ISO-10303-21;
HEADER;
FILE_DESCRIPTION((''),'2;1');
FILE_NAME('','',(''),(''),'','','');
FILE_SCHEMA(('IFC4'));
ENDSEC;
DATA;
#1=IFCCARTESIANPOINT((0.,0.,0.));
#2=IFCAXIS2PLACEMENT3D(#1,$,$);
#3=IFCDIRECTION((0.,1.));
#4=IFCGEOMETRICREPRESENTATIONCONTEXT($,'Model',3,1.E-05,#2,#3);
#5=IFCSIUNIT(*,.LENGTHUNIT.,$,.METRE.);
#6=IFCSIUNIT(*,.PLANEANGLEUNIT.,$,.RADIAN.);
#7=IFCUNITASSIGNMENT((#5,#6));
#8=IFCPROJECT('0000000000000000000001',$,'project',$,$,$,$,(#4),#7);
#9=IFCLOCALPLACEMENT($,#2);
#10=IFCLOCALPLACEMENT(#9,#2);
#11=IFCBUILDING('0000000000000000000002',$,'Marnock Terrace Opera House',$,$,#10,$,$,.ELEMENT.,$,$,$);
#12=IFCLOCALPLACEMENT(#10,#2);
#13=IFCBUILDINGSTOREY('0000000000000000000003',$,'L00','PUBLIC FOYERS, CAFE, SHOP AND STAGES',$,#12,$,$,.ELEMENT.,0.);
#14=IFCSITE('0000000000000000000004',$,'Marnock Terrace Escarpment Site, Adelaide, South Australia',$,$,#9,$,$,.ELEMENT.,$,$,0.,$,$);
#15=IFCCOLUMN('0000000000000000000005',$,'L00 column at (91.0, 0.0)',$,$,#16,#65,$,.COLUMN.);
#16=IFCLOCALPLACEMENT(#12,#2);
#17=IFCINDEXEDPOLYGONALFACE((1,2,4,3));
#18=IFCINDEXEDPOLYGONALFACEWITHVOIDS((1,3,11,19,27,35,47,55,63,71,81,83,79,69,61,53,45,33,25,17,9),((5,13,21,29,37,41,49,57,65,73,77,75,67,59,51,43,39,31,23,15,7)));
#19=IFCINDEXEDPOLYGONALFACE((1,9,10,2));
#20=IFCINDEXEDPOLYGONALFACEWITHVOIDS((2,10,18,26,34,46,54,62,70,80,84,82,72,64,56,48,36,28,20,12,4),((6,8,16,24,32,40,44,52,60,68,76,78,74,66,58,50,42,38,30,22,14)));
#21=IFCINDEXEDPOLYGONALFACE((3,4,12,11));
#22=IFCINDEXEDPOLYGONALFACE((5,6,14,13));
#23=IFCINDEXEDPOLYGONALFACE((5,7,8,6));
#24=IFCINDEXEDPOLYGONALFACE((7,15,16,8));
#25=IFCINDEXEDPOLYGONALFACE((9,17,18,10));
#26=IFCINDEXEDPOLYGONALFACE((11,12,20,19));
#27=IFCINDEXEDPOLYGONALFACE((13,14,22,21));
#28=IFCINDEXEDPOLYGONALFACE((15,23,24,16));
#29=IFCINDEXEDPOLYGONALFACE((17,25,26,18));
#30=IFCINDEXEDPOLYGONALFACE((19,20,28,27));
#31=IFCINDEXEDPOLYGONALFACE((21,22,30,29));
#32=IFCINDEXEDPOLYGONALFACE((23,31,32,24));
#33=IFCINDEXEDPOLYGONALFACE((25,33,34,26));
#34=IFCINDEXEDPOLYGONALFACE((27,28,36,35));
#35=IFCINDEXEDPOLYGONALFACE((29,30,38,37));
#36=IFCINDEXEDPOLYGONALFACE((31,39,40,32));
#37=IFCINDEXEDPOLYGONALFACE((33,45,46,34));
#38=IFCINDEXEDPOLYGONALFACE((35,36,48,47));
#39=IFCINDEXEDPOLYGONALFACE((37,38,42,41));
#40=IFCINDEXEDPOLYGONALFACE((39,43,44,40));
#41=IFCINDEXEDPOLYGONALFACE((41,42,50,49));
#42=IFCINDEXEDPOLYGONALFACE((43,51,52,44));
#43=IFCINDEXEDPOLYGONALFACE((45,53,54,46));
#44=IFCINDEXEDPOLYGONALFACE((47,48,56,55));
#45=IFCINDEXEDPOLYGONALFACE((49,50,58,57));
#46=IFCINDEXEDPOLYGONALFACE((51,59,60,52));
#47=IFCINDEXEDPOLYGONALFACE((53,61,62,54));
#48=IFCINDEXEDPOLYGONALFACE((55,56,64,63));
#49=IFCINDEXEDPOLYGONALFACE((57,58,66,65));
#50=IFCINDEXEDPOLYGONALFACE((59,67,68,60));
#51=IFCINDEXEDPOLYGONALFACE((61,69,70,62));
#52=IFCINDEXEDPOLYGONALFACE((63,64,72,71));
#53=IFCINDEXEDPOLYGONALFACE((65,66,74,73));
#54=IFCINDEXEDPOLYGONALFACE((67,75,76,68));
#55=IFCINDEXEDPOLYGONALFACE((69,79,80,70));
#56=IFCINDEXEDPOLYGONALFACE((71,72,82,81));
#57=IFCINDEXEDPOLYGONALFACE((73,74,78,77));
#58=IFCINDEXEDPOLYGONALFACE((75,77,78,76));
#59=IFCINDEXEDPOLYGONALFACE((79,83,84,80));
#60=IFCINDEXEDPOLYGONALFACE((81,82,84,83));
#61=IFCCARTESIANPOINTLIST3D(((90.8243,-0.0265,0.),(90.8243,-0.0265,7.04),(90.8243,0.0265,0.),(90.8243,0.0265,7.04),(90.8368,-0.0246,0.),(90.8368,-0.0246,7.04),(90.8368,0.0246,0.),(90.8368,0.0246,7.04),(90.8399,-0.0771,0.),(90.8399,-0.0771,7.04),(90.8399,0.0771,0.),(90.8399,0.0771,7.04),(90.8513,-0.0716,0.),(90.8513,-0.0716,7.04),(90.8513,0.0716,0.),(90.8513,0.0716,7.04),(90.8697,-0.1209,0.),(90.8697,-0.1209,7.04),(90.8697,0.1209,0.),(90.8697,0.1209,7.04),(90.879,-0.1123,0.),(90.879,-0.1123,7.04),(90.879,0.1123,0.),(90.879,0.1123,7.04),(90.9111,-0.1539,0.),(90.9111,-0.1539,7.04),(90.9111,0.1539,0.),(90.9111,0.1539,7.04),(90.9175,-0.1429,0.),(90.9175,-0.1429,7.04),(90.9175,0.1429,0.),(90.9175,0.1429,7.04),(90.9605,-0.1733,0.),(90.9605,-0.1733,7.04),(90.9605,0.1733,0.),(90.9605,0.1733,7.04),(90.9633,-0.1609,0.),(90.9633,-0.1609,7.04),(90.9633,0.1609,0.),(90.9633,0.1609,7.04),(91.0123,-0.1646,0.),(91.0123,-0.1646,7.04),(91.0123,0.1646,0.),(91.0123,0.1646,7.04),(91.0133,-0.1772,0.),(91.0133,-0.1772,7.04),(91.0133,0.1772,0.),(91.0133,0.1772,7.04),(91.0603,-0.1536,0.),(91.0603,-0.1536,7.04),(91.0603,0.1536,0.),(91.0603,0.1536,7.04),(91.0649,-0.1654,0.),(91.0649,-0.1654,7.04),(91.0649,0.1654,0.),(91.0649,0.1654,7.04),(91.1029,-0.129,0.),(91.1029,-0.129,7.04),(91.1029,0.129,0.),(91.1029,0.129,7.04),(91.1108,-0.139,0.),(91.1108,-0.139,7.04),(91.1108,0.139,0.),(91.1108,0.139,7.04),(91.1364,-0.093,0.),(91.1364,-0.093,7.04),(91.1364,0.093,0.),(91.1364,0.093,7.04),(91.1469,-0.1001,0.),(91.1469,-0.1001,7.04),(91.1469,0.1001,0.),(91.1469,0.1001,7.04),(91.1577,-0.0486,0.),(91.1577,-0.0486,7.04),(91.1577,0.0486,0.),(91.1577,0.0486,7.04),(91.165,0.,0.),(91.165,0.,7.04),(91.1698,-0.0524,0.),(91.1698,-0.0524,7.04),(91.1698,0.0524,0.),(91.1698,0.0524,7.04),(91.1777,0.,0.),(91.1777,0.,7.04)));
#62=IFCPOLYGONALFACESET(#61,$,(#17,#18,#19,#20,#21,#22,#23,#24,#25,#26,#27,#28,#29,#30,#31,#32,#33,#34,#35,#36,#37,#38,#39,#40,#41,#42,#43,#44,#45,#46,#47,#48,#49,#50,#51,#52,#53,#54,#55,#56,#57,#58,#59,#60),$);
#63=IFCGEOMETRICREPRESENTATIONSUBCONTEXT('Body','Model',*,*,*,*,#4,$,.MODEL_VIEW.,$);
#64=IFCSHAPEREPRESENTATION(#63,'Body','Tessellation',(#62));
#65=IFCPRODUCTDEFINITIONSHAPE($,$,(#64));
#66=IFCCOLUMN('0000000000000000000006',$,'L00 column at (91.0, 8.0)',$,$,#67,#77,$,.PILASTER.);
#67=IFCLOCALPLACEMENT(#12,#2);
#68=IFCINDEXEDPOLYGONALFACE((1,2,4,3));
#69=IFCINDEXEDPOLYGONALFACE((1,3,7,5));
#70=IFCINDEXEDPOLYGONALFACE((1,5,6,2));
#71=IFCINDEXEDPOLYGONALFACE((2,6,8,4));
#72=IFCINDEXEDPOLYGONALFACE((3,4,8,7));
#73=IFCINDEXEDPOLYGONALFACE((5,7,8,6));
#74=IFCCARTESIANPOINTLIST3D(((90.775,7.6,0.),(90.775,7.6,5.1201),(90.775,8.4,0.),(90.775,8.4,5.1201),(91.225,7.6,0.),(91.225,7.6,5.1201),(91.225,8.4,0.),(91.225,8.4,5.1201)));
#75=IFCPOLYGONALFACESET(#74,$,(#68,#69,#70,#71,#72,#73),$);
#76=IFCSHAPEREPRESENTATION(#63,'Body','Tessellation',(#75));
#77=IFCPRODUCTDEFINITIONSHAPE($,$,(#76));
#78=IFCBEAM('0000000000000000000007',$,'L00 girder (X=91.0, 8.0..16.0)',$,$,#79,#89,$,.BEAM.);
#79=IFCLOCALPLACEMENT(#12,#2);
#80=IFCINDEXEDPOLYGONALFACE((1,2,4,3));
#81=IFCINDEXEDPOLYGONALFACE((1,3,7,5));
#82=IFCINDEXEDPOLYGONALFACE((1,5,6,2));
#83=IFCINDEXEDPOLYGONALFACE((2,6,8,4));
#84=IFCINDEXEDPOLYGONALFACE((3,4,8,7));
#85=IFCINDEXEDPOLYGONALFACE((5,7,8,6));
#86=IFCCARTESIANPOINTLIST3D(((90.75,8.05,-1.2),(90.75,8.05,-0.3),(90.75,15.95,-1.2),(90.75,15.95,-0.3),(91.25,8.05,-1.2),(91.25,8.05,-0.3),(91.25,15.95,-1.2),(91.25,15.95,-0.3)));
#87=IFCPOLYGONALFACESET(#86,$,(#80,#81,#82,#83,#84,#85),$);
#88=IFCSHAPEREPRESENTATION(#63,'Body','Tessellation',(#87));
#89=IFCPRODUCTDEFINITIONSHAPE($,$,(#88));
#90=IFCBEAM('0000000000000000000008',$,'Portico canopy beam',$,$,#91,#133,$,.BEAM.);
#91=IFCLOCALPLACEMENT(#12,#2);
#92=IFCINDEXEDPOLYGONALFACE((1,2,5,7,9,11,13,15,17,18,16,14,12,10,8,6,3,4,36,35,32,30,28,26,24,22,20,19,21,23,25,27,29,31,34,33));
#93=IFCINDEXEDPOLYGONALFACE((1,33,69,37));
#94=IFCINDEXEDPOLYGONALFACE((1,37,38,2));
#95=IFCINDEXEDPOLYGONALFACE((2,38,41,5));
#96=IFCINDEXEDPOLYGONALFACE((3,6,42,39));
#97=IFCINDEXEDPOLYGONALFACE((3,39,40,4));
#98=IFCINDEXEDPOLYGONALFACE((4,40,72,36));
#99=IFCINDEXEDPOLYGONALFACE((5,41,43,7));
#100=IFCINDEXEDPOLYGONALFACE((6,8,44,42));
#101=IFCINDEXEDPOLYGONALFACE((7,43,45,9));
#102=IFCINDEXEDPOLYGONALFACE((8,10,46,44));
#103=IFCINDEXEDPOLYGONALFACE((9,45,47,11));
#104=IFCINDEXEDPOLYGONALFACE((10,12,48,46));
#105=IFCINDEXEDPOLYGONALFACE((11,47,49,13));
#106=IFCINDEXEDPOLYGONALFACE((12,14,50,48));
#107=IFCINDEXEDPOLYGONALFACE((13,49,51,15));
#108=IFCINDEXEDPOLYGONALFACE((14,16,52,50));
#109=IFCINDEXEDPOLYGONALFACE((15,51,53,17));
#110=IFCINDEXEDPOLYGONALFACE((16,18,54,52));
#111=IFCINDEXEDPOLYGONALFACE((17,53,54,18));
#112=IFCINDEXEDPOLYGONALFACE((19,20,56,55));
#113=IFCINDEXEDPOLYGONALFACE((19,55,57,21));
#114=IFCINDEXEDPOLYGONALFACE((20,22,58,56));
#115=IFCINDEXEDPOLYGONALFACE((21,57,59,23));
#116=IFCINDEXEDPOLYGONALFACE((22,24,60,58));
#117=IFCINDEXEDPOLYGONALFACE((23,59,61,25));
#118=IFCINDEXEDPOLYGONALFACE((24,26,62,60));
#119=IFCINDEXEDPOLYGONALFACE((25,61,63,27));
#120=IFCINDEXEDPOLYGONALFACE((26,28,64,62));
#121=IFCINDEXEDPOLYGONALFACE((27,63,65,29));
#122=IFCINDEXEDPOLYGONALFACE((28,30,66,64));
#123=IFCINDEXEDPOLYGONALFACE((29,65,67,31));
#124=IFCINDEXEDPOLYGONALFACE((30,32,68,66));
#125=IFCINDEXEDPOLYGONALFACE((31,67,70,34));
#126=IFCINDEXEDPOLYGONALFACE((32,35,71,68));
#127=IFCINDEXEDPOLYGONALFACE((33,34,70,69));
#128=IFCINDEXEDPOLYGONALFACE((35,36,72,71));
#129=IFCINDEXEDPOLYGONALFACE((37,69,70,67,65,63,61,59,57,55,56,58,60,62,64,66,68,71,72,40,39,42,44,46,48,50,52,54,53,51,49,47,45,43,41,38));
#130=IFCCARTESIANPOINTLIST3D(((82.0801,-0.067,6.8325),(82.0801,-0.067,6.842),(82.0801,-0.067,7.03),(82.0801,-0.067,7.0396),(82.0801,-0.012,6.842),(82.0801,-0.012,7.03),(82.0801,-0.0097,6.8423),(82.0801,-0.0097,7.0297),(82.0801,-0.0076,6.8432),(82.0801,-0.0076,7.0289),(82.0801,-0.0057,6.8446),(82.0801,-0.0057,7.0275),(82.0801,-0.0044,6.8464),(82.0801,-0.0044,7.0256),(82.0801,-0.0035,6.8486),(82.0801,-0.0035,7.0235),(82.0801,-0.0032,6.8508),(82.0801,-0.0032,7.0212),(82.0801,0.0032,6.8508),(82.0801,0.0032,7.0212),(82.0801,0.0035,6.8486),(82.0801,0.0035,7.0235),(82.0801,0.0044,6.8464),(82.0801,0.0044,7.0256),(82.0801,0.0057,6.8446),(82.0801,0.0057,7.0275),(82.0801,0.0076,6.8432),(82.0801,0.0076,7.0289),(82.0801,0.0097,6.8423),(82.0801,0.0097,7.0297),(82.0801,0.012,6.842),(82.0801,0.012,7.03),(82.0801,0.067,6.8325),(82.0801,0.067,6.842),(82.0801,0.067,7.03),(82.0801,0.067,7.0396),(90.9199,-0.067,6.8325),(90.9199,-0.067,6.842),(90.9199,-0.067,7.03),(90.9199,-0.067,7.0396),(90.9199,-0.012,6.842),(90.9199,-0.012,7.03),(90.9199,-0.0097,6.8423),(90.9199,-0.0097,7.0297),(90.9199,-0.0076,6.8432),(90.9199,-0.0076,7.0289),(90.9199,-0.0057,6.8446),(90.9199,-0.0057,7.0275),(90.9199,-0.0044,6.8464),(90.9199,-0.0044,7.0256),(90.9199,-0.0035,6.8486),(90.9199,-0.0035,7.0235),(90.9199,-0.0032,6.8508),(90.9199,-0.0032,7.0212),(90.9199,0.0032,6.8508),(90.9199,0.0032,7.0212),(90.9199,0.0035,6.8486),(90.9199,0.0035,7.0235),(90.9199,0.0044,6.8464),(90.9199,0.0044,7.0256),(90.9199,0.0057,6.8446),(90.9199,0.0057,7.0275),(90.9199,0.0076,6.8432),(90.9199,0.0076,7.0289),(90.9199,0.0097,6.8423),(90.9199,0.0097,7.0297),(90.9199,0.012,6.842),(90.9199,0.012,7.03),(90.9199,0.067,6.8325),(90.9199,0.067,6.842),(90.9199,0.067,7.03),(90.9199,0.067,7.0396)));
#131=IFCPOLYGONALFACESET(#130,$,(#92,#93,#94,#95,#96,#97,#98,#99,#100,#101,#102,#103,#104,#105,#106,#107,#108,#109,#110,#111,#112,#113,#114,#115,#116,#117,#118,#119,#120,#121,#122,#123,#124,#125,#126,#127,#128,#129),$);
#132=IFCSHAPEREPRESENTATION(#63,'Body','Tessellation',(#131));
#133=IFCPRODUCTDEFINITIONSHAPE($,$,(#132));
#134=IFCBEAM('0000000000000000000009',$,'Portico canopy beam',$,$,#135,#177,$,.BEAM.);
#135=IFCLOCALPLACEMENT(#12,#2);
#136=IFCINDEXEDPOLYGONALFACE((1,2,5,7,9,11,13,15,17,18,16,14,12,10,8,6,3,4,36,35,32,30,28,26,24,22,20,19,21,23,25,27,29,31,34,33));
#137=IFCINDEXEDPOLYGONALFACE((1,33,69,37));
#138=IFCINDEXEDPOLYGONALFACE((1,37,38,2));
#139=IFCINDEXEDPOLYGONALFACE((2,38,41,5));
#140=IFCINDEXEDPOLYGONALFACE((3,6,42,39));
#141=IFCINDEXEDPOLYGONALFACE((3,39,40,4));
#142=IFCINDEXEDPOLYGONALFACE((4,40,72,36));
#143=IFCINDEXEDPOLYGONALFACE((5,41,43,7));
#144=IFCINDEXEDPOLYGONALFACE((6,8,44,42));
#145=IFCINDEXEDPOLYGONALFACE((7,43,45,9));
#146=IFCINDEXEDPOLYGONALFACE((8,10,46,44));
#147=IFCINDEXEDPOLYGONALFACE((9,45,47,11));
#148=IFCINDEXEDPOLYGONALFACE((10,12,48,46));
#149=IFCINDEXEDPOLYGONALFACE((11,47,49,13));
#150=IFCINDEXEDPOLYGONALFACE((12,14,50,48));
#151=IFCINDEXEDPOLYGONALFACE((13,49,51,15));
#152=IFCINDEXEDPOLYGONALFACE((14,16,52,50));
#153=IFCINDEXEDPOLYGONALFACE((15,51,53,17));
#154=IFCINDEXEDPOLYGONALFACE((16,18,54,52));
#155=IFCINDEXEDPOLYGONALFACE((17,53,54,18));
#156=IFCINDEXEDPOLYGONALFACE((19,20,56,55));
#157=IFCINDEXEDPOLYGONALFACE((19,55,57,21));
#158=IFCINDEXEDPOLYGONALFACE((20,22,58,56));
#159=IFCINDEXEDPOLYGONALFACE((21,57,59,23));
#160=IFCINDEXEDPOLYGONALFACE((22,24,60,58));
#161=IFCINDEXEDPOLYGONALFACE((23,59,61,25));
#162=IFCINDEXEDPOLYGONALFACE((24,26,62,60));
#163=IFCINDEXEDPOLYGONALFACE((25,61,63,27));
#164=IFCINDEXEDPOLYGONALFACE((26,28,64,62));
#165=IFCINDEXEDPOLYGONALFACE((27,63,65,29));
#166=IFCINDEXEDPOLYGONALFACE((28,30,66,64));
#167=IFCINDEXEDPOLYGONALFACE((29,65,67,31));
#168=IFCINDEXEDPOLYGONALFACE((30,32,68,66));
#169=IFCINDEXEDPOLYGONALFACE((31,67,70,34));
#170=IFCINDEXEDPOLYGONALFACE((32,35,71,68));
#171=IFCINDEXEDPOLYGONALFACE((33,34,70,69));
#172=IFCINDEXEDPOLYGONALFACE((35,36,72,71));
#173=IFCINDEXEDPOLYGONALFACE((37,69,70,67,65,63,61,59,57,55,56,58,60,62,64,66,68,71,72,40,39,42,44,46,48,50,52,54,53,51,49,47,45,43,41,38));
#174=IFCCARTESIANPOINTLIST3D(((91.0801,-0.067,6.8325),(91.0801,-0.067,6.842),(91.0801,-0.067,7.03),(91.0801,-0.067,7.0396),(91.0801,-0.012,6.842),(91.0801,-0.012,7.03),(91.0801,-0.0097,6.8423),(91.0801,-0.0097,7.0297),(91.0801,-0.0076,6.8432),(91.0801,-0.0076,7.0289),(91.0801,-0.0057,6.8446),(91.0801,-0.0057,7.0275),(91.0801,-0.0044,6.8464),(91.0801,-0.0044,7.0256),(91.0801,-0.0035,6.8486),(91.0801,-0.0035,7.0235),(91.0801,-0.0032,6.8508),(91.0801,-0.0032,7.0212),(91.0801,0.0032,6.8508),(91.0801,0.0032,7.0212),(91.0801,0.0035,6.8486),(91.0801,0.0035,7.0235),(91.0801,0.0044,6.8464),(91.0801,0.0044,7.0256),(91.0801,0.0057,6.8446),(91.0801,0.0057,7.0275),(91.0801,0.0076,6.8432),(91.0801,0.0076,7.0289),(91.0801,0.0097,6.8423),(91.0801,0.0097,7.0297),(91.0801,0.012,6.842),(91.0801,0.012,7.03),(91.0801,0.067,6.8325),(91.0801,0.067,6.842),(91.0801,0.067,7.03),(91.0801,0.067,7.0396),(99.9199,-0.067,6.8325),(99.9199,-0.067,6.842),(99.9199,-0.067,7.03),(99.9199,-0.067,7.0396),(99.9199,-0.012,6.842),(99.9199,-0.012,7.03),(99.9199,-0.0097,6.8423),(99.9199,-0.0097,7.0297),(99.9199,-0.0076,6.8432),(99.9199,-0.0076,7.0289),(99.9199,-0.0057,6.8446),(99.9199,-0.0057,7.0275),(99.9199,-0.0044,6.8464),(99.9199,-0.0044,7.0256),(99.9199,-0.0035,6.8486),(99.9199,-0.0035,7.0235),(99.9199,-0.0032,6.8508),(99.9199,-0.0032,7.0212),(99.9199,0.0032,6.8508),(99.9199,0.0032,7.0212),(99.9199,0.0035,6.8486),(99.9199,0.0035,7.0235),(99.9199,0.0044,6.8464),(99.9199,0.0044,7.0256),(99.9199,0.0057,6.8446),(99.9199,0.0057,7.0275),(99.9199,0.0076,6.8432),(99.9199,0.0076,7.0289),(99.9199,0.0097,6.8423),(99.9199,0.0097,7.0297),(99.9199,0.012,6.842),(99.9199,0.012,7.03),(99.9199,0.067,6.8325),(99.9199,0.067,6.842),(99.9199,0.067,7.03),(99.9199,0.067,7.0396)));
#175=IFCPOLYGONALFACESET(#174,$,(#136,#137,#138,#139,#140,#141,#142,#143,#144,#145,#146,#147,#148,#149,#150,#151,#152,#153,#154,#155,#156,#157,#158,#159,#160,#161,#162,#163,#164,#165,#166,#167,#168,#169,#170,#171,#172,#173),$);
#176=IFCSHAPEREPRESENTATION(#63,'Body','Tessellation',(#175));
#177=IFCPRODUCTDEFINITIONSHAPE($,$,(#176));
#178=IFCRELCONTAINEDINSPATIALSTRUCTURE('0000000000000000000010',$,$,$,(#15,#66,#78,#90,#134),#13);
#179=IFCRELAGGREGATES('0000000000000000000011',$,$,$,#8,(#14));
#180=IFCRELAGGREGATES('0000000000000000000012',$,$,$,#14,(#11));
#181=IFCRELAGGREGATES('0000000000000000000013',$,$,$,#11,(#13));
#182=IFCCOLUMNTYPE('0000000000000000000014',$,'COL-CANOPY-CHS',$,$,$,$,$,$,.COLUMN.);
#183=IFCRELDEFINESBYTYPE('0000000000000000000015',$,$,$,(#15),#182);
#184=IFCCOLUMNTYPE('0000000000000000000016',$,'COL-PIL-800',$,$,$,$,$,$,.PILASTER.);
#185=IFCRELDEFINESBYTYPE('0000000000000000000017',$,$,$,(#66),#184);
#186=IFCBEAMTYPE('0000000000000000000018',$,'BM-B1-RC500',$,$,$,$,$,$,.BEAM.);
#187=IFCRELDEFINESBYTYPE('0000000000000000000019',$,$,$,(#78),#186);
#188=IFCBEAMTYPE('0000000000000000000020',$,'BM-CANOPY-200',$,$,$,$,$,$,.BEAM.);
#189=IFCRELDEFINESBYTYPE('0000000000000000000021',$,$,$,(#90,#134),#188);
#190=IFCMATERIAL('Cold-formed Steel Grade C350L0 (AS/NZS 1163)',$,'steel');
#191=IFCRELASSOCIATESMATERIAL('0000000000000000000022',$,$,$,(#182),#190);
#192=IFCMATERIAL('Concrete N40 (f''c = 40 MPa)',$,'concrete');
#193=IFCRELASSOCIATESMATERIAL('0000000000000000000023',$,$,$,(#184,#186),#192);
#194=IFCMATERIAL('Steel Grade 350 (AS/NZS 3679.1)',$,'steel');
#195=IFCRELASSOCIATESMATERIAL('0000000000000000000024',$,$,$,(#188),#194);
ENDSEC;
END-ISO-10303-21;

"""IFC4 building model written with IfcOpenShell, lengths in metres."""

from ifc_helpers import new_model, si_unit, direction, frame, origin, origin_2d, place, context, subcontext, project, spatial, rectangle, hollow_circle, i_section, extrude, material, material_profile, profile_set, type_object, element, save


model = new_model("IFC4")

# Units and contexts
model_context = context("Model", 3, precision=1e-05, world=origin(), true_north=direction((0.0, 1.0)))
body_context = subcontext(model_context, "Body", "Model", "MODEL_VIEW")
ifc_project = project(units=[si_unit("LENGTHUNIT", "METRE"), si_unit("PLANEANGLEUNIT", "RADIAN")], contexts=[model_context])

# Site, building, storey
site_placement = place(None, origin())
site = spatial("IfcSite", under=ifc_project, at=site_placement, Name="Marnock Terrace Escarpment Site, Adelaide, South Australia", CompositionType="ELEMENT", RefElevation=0.0)
building_placement = place(site_placement, origin())
building = spatial("IfcBuilding", under=site, at=building_placement, Name="Marnock Terrace Opera House", CompositionType="ELEMENT")
storey_placement = place(building_placement, origin())
storey = spatial("IfcBuildingStorey", under=building, at=storey_placement, Name="L00", Description="PUBLIC FOYERS, CAFE, SHOP AND STAGES", CompositionType="ELEMENT", Elevation=0.0)

# Columns
ifc_material_1 = material(Name="Cold-formed Steel Grade C350L0 (AS/NZS 1163)", Category="steel")
ifc_material_profile_1 = material_profile(ifc_material_1, hollow_circle(Radius=0.1777, WallThickness=0.0127, at=origin_2d()))
ifc_profile_set_1 = profile_set([ifc_material_profile_1], Name="Cold-formed Steel Grade C350L0 (AS/NZS 1163)")
column_type_1 = type_object("IfcColumnType", Name="COL-CANOPY-CHS", PredefinedType="COLUMN", material=ifc_profile_set_1)
column_1_placement = place(storey_placement, frame((91.0, 0.0, 0.0), z_axis=(0.0, 0.0, 1.0), x_axis=(1.0, 0.0, 0.0)))
element("IfcColumn", 1, at=column_1_placement, inside=storey, type_object=column_type_1, Name="L00 column at (91.0, 0.0)", PredefinedType="COLUMN", context=body_context, shape_type="SweptSolid", body=[
    extrude(hollow_circle(Radius=0.1777, WallThickness=0.0127, at=origin_2d()), origin(), (0.0, 0.0, 1.0), 7.04),
])
ifc_material_2 = material(Name="Concrete N40 (f'c = 40 MPa)", Category="concrete")
ifc_material_profile_2 = material_profile(ifc_material_2, rectangle(XDim=0.45, YDim=0.8, at=origin_2d()))
ifc_profile_set_2 = profile_set([ifc_material_profile_2], Name="Concrete N40 (f'c = 40 MPa)")
column_type_2 = type_object("IfcColumnType", Name="COL-PIL-800", PredefinedType="PILASTER", material=ifc_profile_set_2)
column_2_placement = place(storey_placement, frame((91.0, 8.0, 0.0), z_axis=(0.0, 0.0, 1.0), x_axis=(1.0, 0.0, 0.0)))
element("IfcColumn", 2, at=column_2_placement, inside=storey, type_object=column_type_2, Name="L00 column at (91.0, 8.0)", PredefinedType="PILASTER", context=body_context, shape_type="SweptSolid", body=[
    extrude(rectangle(XDim=0.45, YDim=0.8, at=origin_2d()), origin(), (0.0, 0.0, 1.0), 5.1201),
])

# Beams
ifc_material_profile_3 = material_profile(ifc_material_2, rectangle(XDim=0.5, YDim=0.8999, at=origin_2d()))
ifc_profile_set_3 = profile_set([ifc_material_profile_3], Name="Concrete N40 (f'c = 40 MPa)")
beam_type_1 = type_object("IfcBeamType", Name="BM-B1-RC500", PredefinedType="BEAM", material=ifc_profile_set_3)
beam_1_placement = place(storey_placement, frame((91.0, 8.05, -0.75), z_axis=(0.0, 1.0, 0.0), x_axis=(-1.0, 0.0, 0.0)))
element("IfcBeam", 3, at=beam_1_placement, inside=storey, type_object=beam_type_1, Name="L00 girder (X=91.0, 8.0..16.0)", PredefinedType="BEAM", context=body_context, shape_type="SweptSolid", body=[
    extrude(rectangle(XDim=0.5, YDim=0.8999, at=origin_2d()), origin(), (0.0, 0.0, 1.0), 7.8999),
])
ifc_material_3 = material(Name="Steel Grade 350 (AS/NZS 3679.1)", Category="steel")
ifc_material_profile_4 = material_profile(ifc_material_3, i_section(OverallWidth=0.134, OverallDepth=0.207, WebThickness=0.0063, FlangeThickness=0.0095, FilletRadius=0.0088, at=origin_2d()))
ifc_profile_set_4 = profile_set([ifc_material_profile_4], Name="Steel Grade 350 (AS/NZS 3679.1)")
beam_type_2 = type_object("IfcBeamType", Name="BM-CANOPY-200", PredefinedType="BEAM", material=ifc_profile_set_4)
for number, where, z_axis, x_axis, name in (
    (4, (82.0801, 0.0, 6.936), (1.0, 0.0, 0.0), (0.0, 1.0, 0.0), "Portico canopy beam"),
    (5, (91.0801, 0.0, 6.936), (1.0, 0.0, 0.0), (0.0, 1.0, 0.0), "Portico canopy beam"),
):
    element("IfcBeam", number, at=place(storey_placement, frame(where, z_axis=z_axis, x_axis=x_axis)), inside=storey, type_object=beam_type_2, Name=name, PredefinedType="BEAM", context=body_context, shape_type="SweptSolid", body=[
        extrude(i_section(OverallWidth=0.134, OverallDepth=0.207, WebThickness=0.0063, FlangeThickness=0.0095, FilletRadius=0.0088, at=origin_2d()), origin(), (0.0, 0.0, 1.0), 8.8398),
    ])

save(model, "model.ifc")
